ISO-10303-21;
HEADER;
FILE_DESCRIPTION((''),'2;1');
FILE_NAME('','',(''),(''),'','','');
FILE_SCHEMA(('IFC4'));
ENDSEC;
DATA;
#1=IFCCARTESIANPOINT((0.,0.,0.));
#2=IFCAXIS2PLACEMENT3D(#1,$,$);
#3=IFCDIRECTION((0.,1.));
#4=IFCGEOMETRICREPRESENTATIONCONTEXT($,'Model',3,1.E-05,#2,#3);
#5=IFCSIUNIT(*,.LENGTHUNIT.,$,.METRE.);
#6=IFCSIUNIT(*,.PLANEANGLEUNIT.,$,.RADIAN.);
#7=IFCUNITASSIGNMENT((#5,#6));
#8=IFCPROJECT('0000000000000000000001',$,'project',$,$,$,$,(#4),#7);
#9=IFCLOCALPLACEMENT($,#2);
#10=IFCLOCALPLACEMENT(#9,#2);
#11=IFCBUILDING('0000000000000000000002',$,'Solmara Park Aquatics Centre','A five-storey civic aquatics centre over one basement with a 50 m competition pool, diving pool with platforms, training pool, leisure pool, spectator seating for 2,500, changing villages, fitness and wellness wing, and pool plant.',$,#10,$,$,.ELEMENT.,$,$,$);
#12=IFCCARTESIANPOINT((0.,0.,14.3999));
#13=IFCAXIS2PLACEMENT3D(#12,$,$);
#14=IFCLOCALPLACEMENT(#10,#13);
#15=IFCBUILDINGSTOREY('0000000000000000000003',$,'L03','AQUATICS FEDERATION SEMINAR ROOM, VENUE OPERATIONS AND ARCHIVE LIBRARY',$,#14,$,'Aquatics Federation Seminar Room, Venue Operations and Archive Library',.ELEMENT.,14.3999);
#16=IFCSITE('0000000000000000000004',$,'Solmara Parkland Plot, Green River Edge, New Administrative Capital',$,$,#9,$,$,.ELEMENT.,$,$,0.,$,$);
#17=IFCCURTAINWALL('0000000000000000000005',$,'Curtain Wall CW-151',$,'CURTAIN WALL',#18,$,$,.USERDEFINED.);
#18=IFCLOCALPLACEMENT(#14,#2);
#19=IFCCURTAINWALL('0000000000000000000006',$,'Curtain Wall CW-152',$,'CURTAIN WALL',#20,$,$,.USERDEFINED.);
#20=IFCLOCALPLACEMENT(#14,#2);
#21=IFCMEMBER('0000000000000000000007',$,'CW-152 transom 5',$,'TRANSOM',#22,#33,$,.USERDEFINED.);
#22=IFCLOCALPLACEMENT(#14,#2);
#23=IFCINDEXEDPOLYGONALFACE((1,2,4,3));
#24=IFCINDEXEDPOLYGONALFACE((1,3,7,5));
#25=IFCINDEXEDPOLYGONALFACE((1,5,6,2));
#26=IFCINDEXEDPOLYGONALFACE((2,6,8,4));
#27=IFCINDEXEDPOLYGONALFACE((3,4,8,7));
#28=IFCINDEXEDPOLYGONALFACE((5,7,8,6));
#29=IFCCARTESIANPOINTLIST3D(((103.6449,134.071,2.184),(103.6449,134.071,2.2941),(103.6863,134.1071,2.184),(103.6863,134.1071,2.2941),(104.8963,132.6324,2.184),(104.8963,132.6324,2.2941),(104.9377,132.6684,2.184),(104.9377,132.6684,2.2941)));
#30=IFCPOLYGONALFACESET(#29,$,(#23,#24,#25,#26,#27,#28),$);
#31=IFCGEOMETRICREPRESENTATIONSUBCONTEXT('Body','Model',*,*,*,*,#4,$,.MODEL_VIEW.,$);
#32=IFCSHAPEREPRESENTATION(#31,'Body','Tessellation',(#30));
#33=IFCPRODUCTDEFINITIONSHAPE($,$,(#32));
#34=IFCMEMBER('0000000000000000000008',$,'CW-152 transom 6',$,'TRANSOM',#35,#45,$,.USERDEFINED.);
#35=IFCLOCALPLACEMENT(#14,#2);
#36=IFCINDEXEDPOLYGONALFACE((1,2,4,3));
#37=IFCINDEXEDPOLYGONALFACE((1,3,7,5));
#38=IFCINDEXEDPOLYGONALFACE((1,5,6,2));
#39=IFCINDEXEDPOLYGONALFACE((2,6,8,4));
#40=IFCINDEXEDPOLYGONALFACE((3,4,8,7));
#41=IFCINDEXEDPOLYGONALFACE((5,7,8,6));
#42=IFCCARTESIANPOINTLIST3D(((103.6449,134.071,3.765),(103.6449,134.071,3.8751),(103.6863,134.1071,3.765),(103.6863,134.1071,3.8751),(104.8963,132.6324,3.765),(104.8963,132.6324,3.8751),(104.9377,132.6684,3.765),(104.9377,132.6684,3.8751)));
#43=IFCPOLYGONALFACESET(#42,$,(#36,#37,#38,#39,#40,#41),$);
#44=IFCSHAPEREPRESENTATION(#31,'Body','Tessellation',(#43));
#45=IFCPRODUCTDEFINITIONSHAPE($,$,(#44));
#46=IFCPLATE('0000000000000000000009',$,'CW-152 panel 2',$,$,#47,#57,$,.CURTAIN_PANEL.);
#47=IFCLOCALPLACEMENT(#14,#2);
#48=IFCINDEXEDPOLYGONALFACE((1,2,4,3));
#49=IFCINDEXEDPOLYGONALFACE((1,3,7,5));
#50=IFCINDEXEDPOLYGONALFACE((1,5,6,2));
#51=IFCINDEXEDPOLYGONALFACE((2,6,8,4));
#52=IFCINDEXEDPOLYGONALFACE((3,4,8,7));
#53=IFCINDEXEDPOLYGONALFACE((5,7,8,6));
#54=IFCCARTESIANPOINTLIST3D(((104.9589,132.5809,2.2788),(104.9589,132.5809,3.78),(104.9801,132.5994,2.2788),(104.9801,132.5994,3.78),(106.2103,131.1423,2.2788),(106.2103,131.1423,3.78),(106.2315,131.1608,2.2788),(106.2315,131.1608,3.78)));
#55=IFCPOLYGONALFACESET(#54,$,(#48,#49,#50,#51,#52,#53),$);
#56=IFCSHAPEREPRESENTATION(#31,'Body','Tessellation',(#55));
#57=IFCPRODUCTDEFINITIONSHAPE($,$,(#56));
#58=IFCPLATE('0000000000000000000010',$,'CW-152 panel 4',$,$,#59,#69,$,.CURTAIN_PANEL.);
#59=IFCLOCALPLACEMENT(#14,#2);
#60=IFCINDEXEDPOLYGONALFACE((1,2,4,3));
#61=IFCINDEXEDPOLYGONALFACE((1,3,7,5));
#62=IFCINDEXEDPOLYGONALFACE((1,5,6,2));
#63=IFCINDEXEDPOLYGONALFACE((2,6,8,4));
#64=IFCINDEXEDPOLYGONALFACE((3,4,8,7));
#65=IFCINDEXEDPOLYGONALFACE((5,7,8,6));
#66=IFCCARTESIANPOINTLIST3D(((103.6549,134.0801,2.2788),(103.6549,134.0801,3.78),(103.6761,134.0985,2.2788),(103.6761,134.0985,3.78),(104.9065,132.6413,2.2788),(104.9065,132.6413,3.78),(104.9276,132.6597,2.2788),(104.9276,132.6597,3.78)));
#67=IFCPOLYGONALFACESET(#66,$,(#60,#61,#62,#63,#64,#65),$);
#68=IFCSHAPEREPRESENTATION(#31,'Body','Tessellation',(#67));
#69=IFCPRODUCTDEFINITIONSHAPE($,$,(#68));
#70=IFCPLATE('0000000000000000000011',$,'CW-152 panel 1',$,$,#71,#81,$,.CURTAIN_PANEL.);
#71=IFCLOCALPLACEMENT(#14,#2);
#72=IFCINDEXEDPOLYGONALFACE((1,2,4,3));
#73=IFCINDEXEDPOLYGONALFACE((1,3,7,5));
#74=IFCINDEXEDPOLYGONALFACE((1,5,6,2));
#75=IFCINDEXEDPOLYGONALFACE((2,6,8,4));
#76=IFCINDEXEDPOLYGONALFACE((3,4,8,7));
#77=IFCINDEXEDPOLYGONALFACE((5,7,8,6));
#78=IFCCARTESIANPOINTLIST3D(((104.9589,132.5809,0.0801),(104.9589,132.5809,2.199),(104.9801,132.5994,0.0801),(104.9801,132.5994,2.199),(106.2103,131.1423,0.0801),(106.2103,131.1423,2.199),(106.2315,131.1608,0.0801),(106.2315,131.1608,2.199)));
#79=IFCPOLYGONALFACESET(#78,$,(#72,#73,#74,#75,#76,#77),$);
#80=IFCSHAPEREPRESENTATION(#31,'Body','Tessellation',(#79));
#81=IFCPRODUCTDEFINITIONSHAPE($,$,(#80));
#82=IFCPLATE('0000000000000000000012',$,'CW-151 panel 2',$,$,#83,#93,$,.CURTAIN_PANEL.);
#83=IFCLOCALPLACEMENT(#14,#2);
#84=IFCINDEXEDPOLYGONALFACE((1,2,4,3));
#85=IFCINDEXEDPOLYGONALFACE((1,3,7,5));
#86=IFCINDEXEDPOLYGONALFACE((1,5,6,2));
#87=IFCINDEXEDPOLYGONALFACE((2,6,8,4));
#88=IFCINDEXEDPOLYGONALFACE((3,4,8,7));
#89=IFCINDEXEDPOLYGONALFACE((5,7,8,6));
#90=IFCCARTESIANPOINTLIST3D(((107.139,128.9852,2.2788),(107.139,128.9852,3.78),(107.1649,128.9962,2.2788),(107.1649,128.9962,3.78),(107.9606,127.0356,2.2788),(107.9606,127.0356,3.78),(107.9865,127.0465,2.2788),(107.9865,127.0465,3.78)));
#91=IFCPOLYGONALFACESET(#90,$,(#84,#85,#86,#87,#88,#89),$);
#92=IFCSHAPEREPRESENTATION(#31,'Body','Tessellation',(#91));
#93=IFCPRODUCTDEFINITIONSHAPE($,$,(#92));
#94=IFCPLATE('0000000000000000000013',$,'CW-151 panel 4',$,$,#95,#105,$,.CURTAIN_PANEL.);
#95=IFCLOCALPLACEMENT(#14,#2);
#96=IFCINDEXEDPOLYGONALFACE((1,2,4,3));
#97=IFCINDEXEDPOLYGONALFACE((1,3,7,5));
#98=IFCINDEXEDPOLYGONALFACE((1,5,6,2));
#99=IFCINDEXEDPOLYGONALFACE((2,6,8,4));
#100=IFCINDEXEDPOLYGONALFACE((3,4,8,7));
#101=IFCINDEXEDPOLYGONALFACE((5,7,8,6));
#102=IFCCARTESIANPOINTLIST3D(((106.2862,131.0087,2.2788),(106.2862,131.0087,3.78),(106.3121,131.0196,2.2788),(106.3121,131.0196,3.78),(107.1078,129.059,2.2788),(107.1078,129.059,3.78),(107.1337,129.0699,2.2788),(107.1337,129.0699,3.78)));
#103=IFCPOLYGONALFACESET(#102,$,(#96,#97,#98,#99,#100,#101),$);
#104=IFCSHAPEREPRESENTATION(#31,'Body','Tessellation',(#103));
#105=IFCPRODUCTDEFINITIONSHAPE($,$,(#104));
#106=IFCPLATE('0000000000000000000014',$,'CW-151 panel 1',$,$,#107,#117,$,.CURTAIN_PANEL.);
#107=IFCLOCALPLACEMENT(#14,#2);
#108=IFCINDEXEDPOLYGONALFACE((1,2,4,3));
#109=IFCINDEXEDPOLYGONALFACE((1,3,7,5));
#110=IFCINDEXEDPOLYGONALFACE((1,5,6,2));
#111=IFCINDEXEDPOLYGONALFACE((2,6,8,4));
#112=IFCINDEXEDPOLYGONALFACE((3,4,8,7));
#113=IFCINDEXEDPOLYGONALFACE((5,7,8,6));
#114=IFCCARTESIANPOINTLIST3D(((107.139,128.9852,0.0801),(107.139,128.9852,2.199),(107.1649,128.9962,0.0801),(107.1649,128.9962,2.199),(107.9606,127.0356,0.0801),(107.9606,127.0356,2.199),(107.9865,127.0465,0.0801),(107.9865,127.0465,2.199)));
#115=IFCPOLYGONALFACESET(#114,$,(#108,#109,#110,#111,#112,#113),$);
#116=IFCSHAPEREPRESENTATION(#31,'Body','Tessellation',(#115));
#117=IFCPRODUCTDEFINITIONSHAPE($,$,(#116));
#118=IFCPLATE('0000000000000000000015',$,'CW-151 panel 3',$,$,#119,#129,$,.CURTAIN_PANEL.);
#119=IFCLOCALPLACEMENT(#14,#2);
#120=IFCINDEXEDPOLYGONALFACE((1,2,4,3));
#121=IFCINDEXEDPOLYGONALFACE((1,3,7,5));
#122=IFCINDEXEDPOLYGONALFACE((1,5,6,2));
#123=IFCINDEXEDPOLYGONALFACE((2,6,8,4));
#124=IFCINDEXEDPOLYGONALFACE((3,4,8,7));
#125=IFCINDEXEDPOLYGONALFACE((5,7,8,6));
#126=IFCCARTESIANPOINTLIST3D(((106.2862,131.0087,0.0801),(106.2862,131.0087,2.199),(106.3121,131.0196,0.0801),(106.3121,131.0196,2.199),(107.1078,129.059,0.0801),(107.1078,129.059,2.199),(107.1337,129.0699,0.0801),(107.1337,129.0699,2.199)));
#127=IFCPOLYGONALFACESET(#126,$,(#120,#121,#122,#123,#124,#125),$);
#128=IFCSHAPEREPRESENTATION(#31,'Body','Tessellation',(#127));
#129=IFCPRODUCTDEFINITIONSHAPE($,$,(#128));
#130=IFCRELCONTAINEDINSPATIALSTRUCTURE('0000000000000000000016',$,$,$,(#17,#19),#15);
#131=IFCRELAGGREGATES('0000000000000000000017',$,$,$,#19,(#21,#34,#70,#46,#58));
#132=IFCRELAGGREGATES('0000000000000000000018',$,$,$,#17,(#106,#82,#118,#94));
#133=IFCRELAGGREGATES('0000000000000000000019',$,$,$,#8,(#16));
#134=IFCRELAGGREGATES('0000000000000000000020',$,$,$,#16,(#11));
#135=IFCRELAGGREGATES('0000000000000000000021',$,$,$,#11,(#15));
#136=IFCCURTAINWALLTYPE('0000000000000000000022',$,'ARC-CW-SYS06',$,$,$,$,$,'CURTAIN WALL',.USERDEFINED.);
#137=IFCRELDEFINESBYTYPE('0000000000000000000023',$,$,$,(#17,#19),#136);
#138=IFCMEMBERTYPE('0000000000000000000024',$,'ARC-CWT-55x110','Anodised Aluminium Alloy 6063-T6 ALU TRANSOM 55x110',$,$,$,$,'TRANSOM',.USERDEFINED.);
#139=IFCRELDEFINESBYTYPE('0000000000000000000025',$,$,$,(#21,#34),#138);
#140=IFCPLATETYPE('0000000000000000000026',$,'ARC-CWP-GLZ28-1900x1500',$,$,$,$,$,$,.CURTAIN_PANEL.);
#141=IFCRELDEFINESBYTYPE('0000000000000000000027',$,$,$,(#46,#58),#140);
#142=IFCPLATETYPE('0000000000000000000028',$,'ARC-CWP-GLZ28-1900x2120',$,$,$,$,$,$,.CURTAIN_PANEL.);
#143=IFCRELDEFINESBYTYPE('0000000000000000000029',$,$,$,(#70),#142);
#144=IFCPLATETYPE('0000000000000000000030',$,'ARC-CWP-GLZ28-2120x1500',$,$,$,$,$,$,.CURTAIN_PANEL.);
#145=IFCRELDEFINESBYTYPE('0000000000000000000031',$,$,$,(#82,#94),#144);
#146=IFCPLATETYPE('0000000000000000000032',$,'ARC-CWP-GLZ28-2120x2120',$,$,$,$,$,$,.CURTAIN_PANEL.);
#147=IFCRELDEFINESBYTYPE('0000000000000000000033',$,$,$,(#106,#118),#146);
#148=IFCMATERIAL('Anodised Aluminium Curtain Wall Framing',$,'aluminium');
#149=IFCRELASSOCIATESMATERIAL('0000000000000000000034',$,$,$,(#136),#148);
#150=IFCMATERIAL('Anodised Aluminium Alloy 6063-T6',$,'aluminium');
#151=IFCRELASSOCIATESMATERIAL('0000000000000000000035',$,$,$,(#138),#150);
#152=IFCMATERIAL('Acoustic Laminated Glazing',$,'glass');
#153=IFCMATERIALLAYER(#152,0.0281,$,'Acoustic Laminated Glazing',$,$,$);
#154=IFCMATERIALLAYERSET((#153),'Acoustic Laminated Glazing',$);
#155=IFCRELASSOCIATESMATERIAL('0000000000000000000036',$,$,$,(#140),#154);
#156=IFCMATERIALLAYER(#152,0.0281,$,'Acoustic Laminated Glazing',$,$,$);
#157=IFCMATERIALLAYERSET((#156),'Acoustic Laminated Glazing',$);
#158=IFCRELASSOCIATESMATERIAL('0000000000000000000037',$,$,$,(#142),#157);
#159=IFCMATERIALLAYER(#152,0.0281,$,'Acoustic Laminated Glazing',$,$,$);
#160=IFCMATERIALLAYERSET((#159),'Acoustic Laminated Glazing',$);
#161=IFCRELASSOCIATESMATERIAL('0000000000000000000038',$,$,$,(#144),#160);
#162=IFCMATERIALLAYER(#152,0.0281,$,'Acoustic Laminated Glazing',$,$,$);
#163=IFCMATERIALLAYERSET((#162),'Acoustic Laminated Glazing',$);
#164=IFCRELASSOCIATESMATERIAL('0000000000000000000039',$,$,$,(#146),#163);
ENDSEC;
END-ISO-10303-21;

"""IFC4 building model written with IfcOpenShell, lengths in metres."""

from ifc_helpers import new_model, si_unit, direction, frame, origin, origin_2d, place, context, subcontext, project, spatial, rectangle, extrude, material, layer, layer_set, material_profile, profile_set, type_object, element, aggregate, save


model = new_model("IFC4")

# Units and contexts
model_context = context("Model", 3, precision=1e-05, world=origin(), true_north=direction((0.0, 1.0)))
body_context = subcontext(model_context, "Body", "Model", "MODEL_VIEW")
ifc_project = project(units=[si_unit("LENGTHUNIT", "METRE"), si_unit("PLANEANGLEUNIT", "RADIAN")], contexts=[model_context])

# Site, building, storey
site_placement = place(None, origin())
site = spatial("IfcSite", under=ifc_project, at=site_placement, Name="Solmara Parkland Plot, Green River Edge, New Administrative Capital", CompositionType="ELEMENT", RefElevation=0.0)
building_placement = place(site_placement, origin())
building = spatial("IfcBuilding", under=site, at=building_placement, Name="Solmara Park Aquatics Centre", Description="A five-storey civic aquatics centre over one basement with a 50 m competition pool, diving pool with platforms, training pool, leisure pool, spectator seating for 2,500, changing villages, fitness and wellness wing, and pool plant.", CompositionType="ELEMENT")
storey_placement = place(building_placement, frame((0.0, 0.0, 14.3999)))
storey = spatial("IfcBuildingStorey", under=building, at=storey_placement, Name="L03", Description="AQUATICS FEDERATION SEMINAR ROOM, VENUE OPERATIONS AND ARCHIVE LIBRARY", LongName="Aquatics Federation Seminar Room, Venue Operations and Archive Library", CompositionType="ELEMENT", Elevation=14.3999)

# Curtain walls
ifc_material_1 = material(Name="Anodised Aluminium Curtain Wall Framing", Category="aluminium")
curtain_wall_type = type_object("IfcCurtainWallType", Name="ARC-CW-SYS06", ElementType="CURTAIN WALL", PredefinedType="USERDEFINED", material=ifc_material_1)
curtain_wall_1_placement = place(storey_placement, origin())
curtain_wall_1 = element("IfcCurtainWall", 1, at=curtain_wall_1_placement, inside=storey, type_object=curtain_wall_type, Name="Curtain Wall CW-151", ObjectType="CURTAIN WALL", PredefinedType="USERDEFINED")
ifc_material_2 = material(Name="Anodised Aluminium Alloy 6063-T6", Category="aluminium")
curtain_wall_2_placement = place(storey_placement, origin())
curtain_wall_2 = element("IfcCurtainWall", 2, at=curtain_wall_2_placement, inside=storey, type_object=curtain_wall_type, Name="Curtain Wall CW-152", ObjectType="CURTAIN WALL", PredefinedType="USERDEFINED")

# Members
ifc_material_profile_1 = material_profile(ifc_material_2, rectangle(XDim=0.0549, YDim=0.1101, at=origin_2d()), Name="ALU TRANSOM 55x110")
ifc_profile_set_1 = profile_set([ifc_material_profile_1], Name="Anodised Aluminium Alloy 6063-T6")
member_type_1 = type_object("IfcMemberType", Name="ARC-CWT-55x110", Description="Anodised Aluminium Alloy 6063-T6 ALU TRANSOM 55x110", ElementType="TRANSOM", PredefinedType="USERDEFINED", material=ifc_profile_set_1)
member_1_placement = place(storey_placement, frame((104.917, 132.6504, 2.239), z_axis=(-0.656299, 0.754501, 0.0), x_axis=(-0.754501, -0.656299, 0.0)))
member_1 = element("IfcMember", 3, at=member_1_placement, type_object=member_type_1, Name="CW-152 transom 5", ObjectType="TRANSOM", PredefinedType="USERDEFINED", context=body_context, shape_type="SweptSolid", body=[
    extrude(rectangle(XDim=0.0549, YDim=0.1101, at=origin_2d()), origin(), (0.0, 0.0, 1.0), 1.9067),
])
member_2_placement = place(storey_placement, frame((104.917, 132.6504, 3.8201), z_axis=(-0.656299, 0.754501, 0.0), x_axis=(-0.754501, -0.656299, 0.0)))
member_2 = element("IfcMember", 4, at=member_2_placement, type_object=member_type_1, Name="CW-152 transom 6", ObjectType="TRANSOM", PredefinedType="USERDEFINED", context=body_context, shape_type="SweptSolid", body=[
    extrude(rectangle(XDim=0.0549, YDim=0.1101, at=origin_2d()), origin(), (0.0, 0.0, 1.0), 1.9067),
])

# Plates
ifc_material_3 = material(Name="Acoustic Laminated Glazing", Category="glass")
ifc_layer_1 = layer(ifc_material_3, 0.0281, Name="Acoustic Laminated Glazing")
ifc_layer_set_1 = layer_set([ifc_layer_1], Name="Acoustic Laminated Glazing")
plate_type_1 = type_object("IfcPlateType", Name="ARC-CWP-GLZ28-1900x1500", PredefinedType="CURTAIN_PANEL", material=ifc_layer_set_1)
plate_1_placement = place(storey_placement, frame((105.5952, 131.8708, 2.2788), z_axis=(0.0, 0.0, 1.0), x_axis=(-0.65632, 0.754483, 0.0)))
plate_1 = element("IfcPlate", 5, at=plate_1_placement, type_object=plate_type_1, Name="CW-152 panel 2", PredefinedType="CURTAIN_PANEL", context=body_context, shape_type="SweptSolid", body=[
    extrude(rectangle(XDim=1.9067, YDim=0.0281, at=origin_2d()), origin(), (0.0, 0.0, 1.0), 1.5012),
])
plate_2_placement = place(storey_placement, frame((104.2913, 133.3699, 2.2788), z_axis=(0.0, 0.0, 1.0), x_axis=(-0.65632, 0.754483, 0.0)))
plate_2 = element("IfcPlate", 6, at=plate_2_placement, type_object=plate_type_1, Name="CW-152 panel 4", PredefinedType="CURTAIN_PANEL", context=body_context, shape_type="SweptSolid", body=[
    extrude(rectangle(XDim=1.907, YDim=0.0281, at=origin_2d()), origin(), (0.0, 0.0, 1.0), 1.5012),
])
ifc_layer_2 = layer(ifc_material_3, 0.0281, Name="Acoustic Laminated Glazing")
ifc_layer_set_2 = layer_set([ifc_layer_2], Name="Acoustic Laminated Glazing")
plate_type_2 = type_object("IfcPlateType", Name="ARC-CWP-GLZ28-1900x2120", PredefinedType="CURTAIN_PANEL", material=ifc_layer_set_2)
plate_3_placement = place(storey_placement, frame((105.5952, 131.8708, 0.0801), z_axis=(0.0, 0.0, 1.0), x_axis=(-0.65632, 0.754483, 0.0)))
plate_3 = element("IfcPlate", 7, at=plate_3_placement, type_object=plate_type_2, Name="CW-152 panel 1", PredefinedType="CURTAIN_PANEL", context=body_context, shape_type="SweptSolid", body=[
    extrude(rectangle(XDim=1.9067, YDim=0.0281, at=origin_2d()), origin(), (0.0, 0.0, 1.0), 2.1189),
])
aggregate(curtain_wall_2, [member_1, member_2, plate_3, plate_1, plate_2])
ifc_layer_3 = layer(ifc_material_3, 0.0281, Name="Acoustic Laminated Glazing")
ifc_layer_set_3 = layer_set([ifc_layer_3], Name="Acoustic Laminated Glazing")
plate_type_3 = type_object("IfcPlateType", Name="ARC-CWP-GLZ28-2120x1500", PredefinedType="CURTAIN_PANEL", material=ifc_layer_set_3)
plate_4_placement = place(storey_placement, frame((107.5627, 128.0159, 2.2788), z_axis=(0.0, 0.0, 1.0), x_axis=(-0.388352, 0.921511, 0.0)))
plate_4 = element("IfcPlate", 8, at=plate_4_placement, type_object=plate_type_3, Name="CW-151 panel 2", PredefinedType="CURTAIN_PANEL", context=body_context, shape_type="SweptSolid", body=[
    extrude(rectangle(XDim=2.1157, YDim=0.0281, at=origin_2d()), origin(), (0.0, 0.0, 1.0), 1.5012),
])
plate_5_placement = place(storey_placement, frame((106.71, 130.0393, 2.2788), z_axis=(0.0, 0.0, 1.0), x_axis=(-0.388352, 0.921511, 0.0)))
plate_5 = element("IfcPlate", 9, at=plate_5_placement, type_object=plate_type_3, Name="CW-151 panel 4", PredefinedType="CURTAIN_PANEL", context=body_context, shape_type="SweptSolid", body=[
    extrude(rectangle(XDim=2.1157, YDim=0.0281, at=origin_2d()), origin(), (0.0, 0.0, 1.0), 1.5012),
])
ifc_layer_4 = layer(ifc_material_3, 0.0281, Name="Acoustic Laminated Glazing")
ifc_layer_set_4 = layer_set([ifc_layer_4], Name="Acoustic Laminated Glazing")
plate_type_4 = type_object("IfcPlateType", Name="ARC-CWP-GLZ28-2120x2120", PredefinedType="CURTAIN_PANEL", material=ifc_layer_set_4)
plate_6_placement = place(storey_placement, frame((107.5627, 128.0159, 0.0801), z_axis=(0.0, 0.0, 1.0), x_axis=(-0.388352, 0.921511, 0.0)))
plate_6 = element("IfcPlate", 10, at=plate_6_placement, type_object=plate_type_4, Name="CW-151 panel 1", PredefinedType="CURTAIN_PANEL", context=body_context, shape_type="SweptSolid", body=[
    extrude(rectangle(XDim=2.1157, YDim=0.0281, at=origin_2d()), origin(), (0.0, 0.0, 1.0), 2.1189),
])
plate_7_placement = place(storey_placement, frame((106.71, 130.0393, 0.0801), z_axis=(0.0, 0.0, 1.0), x_axis=(-0.388352, 0.921511, 0.0)))
plate_7 = element("IfcPlate", 11, at=plate_7_placement, type_object=plate_type_4, Name="CW-151 panel 3", PredefinedType="CURTAIN_PANEL", context=body_context, shape_type="SweptSolid", body=[
    extrude(rectangle(XDim=2.1157, YDim=0.0281, at=origin_2d()), origin(), (0.0, 0.0, 1.0), 2.1189),
])
aggregate(curtain_wall_1, [plate_6, plate_4, plate_7, plate_5])

save(model, "model.ifc")
